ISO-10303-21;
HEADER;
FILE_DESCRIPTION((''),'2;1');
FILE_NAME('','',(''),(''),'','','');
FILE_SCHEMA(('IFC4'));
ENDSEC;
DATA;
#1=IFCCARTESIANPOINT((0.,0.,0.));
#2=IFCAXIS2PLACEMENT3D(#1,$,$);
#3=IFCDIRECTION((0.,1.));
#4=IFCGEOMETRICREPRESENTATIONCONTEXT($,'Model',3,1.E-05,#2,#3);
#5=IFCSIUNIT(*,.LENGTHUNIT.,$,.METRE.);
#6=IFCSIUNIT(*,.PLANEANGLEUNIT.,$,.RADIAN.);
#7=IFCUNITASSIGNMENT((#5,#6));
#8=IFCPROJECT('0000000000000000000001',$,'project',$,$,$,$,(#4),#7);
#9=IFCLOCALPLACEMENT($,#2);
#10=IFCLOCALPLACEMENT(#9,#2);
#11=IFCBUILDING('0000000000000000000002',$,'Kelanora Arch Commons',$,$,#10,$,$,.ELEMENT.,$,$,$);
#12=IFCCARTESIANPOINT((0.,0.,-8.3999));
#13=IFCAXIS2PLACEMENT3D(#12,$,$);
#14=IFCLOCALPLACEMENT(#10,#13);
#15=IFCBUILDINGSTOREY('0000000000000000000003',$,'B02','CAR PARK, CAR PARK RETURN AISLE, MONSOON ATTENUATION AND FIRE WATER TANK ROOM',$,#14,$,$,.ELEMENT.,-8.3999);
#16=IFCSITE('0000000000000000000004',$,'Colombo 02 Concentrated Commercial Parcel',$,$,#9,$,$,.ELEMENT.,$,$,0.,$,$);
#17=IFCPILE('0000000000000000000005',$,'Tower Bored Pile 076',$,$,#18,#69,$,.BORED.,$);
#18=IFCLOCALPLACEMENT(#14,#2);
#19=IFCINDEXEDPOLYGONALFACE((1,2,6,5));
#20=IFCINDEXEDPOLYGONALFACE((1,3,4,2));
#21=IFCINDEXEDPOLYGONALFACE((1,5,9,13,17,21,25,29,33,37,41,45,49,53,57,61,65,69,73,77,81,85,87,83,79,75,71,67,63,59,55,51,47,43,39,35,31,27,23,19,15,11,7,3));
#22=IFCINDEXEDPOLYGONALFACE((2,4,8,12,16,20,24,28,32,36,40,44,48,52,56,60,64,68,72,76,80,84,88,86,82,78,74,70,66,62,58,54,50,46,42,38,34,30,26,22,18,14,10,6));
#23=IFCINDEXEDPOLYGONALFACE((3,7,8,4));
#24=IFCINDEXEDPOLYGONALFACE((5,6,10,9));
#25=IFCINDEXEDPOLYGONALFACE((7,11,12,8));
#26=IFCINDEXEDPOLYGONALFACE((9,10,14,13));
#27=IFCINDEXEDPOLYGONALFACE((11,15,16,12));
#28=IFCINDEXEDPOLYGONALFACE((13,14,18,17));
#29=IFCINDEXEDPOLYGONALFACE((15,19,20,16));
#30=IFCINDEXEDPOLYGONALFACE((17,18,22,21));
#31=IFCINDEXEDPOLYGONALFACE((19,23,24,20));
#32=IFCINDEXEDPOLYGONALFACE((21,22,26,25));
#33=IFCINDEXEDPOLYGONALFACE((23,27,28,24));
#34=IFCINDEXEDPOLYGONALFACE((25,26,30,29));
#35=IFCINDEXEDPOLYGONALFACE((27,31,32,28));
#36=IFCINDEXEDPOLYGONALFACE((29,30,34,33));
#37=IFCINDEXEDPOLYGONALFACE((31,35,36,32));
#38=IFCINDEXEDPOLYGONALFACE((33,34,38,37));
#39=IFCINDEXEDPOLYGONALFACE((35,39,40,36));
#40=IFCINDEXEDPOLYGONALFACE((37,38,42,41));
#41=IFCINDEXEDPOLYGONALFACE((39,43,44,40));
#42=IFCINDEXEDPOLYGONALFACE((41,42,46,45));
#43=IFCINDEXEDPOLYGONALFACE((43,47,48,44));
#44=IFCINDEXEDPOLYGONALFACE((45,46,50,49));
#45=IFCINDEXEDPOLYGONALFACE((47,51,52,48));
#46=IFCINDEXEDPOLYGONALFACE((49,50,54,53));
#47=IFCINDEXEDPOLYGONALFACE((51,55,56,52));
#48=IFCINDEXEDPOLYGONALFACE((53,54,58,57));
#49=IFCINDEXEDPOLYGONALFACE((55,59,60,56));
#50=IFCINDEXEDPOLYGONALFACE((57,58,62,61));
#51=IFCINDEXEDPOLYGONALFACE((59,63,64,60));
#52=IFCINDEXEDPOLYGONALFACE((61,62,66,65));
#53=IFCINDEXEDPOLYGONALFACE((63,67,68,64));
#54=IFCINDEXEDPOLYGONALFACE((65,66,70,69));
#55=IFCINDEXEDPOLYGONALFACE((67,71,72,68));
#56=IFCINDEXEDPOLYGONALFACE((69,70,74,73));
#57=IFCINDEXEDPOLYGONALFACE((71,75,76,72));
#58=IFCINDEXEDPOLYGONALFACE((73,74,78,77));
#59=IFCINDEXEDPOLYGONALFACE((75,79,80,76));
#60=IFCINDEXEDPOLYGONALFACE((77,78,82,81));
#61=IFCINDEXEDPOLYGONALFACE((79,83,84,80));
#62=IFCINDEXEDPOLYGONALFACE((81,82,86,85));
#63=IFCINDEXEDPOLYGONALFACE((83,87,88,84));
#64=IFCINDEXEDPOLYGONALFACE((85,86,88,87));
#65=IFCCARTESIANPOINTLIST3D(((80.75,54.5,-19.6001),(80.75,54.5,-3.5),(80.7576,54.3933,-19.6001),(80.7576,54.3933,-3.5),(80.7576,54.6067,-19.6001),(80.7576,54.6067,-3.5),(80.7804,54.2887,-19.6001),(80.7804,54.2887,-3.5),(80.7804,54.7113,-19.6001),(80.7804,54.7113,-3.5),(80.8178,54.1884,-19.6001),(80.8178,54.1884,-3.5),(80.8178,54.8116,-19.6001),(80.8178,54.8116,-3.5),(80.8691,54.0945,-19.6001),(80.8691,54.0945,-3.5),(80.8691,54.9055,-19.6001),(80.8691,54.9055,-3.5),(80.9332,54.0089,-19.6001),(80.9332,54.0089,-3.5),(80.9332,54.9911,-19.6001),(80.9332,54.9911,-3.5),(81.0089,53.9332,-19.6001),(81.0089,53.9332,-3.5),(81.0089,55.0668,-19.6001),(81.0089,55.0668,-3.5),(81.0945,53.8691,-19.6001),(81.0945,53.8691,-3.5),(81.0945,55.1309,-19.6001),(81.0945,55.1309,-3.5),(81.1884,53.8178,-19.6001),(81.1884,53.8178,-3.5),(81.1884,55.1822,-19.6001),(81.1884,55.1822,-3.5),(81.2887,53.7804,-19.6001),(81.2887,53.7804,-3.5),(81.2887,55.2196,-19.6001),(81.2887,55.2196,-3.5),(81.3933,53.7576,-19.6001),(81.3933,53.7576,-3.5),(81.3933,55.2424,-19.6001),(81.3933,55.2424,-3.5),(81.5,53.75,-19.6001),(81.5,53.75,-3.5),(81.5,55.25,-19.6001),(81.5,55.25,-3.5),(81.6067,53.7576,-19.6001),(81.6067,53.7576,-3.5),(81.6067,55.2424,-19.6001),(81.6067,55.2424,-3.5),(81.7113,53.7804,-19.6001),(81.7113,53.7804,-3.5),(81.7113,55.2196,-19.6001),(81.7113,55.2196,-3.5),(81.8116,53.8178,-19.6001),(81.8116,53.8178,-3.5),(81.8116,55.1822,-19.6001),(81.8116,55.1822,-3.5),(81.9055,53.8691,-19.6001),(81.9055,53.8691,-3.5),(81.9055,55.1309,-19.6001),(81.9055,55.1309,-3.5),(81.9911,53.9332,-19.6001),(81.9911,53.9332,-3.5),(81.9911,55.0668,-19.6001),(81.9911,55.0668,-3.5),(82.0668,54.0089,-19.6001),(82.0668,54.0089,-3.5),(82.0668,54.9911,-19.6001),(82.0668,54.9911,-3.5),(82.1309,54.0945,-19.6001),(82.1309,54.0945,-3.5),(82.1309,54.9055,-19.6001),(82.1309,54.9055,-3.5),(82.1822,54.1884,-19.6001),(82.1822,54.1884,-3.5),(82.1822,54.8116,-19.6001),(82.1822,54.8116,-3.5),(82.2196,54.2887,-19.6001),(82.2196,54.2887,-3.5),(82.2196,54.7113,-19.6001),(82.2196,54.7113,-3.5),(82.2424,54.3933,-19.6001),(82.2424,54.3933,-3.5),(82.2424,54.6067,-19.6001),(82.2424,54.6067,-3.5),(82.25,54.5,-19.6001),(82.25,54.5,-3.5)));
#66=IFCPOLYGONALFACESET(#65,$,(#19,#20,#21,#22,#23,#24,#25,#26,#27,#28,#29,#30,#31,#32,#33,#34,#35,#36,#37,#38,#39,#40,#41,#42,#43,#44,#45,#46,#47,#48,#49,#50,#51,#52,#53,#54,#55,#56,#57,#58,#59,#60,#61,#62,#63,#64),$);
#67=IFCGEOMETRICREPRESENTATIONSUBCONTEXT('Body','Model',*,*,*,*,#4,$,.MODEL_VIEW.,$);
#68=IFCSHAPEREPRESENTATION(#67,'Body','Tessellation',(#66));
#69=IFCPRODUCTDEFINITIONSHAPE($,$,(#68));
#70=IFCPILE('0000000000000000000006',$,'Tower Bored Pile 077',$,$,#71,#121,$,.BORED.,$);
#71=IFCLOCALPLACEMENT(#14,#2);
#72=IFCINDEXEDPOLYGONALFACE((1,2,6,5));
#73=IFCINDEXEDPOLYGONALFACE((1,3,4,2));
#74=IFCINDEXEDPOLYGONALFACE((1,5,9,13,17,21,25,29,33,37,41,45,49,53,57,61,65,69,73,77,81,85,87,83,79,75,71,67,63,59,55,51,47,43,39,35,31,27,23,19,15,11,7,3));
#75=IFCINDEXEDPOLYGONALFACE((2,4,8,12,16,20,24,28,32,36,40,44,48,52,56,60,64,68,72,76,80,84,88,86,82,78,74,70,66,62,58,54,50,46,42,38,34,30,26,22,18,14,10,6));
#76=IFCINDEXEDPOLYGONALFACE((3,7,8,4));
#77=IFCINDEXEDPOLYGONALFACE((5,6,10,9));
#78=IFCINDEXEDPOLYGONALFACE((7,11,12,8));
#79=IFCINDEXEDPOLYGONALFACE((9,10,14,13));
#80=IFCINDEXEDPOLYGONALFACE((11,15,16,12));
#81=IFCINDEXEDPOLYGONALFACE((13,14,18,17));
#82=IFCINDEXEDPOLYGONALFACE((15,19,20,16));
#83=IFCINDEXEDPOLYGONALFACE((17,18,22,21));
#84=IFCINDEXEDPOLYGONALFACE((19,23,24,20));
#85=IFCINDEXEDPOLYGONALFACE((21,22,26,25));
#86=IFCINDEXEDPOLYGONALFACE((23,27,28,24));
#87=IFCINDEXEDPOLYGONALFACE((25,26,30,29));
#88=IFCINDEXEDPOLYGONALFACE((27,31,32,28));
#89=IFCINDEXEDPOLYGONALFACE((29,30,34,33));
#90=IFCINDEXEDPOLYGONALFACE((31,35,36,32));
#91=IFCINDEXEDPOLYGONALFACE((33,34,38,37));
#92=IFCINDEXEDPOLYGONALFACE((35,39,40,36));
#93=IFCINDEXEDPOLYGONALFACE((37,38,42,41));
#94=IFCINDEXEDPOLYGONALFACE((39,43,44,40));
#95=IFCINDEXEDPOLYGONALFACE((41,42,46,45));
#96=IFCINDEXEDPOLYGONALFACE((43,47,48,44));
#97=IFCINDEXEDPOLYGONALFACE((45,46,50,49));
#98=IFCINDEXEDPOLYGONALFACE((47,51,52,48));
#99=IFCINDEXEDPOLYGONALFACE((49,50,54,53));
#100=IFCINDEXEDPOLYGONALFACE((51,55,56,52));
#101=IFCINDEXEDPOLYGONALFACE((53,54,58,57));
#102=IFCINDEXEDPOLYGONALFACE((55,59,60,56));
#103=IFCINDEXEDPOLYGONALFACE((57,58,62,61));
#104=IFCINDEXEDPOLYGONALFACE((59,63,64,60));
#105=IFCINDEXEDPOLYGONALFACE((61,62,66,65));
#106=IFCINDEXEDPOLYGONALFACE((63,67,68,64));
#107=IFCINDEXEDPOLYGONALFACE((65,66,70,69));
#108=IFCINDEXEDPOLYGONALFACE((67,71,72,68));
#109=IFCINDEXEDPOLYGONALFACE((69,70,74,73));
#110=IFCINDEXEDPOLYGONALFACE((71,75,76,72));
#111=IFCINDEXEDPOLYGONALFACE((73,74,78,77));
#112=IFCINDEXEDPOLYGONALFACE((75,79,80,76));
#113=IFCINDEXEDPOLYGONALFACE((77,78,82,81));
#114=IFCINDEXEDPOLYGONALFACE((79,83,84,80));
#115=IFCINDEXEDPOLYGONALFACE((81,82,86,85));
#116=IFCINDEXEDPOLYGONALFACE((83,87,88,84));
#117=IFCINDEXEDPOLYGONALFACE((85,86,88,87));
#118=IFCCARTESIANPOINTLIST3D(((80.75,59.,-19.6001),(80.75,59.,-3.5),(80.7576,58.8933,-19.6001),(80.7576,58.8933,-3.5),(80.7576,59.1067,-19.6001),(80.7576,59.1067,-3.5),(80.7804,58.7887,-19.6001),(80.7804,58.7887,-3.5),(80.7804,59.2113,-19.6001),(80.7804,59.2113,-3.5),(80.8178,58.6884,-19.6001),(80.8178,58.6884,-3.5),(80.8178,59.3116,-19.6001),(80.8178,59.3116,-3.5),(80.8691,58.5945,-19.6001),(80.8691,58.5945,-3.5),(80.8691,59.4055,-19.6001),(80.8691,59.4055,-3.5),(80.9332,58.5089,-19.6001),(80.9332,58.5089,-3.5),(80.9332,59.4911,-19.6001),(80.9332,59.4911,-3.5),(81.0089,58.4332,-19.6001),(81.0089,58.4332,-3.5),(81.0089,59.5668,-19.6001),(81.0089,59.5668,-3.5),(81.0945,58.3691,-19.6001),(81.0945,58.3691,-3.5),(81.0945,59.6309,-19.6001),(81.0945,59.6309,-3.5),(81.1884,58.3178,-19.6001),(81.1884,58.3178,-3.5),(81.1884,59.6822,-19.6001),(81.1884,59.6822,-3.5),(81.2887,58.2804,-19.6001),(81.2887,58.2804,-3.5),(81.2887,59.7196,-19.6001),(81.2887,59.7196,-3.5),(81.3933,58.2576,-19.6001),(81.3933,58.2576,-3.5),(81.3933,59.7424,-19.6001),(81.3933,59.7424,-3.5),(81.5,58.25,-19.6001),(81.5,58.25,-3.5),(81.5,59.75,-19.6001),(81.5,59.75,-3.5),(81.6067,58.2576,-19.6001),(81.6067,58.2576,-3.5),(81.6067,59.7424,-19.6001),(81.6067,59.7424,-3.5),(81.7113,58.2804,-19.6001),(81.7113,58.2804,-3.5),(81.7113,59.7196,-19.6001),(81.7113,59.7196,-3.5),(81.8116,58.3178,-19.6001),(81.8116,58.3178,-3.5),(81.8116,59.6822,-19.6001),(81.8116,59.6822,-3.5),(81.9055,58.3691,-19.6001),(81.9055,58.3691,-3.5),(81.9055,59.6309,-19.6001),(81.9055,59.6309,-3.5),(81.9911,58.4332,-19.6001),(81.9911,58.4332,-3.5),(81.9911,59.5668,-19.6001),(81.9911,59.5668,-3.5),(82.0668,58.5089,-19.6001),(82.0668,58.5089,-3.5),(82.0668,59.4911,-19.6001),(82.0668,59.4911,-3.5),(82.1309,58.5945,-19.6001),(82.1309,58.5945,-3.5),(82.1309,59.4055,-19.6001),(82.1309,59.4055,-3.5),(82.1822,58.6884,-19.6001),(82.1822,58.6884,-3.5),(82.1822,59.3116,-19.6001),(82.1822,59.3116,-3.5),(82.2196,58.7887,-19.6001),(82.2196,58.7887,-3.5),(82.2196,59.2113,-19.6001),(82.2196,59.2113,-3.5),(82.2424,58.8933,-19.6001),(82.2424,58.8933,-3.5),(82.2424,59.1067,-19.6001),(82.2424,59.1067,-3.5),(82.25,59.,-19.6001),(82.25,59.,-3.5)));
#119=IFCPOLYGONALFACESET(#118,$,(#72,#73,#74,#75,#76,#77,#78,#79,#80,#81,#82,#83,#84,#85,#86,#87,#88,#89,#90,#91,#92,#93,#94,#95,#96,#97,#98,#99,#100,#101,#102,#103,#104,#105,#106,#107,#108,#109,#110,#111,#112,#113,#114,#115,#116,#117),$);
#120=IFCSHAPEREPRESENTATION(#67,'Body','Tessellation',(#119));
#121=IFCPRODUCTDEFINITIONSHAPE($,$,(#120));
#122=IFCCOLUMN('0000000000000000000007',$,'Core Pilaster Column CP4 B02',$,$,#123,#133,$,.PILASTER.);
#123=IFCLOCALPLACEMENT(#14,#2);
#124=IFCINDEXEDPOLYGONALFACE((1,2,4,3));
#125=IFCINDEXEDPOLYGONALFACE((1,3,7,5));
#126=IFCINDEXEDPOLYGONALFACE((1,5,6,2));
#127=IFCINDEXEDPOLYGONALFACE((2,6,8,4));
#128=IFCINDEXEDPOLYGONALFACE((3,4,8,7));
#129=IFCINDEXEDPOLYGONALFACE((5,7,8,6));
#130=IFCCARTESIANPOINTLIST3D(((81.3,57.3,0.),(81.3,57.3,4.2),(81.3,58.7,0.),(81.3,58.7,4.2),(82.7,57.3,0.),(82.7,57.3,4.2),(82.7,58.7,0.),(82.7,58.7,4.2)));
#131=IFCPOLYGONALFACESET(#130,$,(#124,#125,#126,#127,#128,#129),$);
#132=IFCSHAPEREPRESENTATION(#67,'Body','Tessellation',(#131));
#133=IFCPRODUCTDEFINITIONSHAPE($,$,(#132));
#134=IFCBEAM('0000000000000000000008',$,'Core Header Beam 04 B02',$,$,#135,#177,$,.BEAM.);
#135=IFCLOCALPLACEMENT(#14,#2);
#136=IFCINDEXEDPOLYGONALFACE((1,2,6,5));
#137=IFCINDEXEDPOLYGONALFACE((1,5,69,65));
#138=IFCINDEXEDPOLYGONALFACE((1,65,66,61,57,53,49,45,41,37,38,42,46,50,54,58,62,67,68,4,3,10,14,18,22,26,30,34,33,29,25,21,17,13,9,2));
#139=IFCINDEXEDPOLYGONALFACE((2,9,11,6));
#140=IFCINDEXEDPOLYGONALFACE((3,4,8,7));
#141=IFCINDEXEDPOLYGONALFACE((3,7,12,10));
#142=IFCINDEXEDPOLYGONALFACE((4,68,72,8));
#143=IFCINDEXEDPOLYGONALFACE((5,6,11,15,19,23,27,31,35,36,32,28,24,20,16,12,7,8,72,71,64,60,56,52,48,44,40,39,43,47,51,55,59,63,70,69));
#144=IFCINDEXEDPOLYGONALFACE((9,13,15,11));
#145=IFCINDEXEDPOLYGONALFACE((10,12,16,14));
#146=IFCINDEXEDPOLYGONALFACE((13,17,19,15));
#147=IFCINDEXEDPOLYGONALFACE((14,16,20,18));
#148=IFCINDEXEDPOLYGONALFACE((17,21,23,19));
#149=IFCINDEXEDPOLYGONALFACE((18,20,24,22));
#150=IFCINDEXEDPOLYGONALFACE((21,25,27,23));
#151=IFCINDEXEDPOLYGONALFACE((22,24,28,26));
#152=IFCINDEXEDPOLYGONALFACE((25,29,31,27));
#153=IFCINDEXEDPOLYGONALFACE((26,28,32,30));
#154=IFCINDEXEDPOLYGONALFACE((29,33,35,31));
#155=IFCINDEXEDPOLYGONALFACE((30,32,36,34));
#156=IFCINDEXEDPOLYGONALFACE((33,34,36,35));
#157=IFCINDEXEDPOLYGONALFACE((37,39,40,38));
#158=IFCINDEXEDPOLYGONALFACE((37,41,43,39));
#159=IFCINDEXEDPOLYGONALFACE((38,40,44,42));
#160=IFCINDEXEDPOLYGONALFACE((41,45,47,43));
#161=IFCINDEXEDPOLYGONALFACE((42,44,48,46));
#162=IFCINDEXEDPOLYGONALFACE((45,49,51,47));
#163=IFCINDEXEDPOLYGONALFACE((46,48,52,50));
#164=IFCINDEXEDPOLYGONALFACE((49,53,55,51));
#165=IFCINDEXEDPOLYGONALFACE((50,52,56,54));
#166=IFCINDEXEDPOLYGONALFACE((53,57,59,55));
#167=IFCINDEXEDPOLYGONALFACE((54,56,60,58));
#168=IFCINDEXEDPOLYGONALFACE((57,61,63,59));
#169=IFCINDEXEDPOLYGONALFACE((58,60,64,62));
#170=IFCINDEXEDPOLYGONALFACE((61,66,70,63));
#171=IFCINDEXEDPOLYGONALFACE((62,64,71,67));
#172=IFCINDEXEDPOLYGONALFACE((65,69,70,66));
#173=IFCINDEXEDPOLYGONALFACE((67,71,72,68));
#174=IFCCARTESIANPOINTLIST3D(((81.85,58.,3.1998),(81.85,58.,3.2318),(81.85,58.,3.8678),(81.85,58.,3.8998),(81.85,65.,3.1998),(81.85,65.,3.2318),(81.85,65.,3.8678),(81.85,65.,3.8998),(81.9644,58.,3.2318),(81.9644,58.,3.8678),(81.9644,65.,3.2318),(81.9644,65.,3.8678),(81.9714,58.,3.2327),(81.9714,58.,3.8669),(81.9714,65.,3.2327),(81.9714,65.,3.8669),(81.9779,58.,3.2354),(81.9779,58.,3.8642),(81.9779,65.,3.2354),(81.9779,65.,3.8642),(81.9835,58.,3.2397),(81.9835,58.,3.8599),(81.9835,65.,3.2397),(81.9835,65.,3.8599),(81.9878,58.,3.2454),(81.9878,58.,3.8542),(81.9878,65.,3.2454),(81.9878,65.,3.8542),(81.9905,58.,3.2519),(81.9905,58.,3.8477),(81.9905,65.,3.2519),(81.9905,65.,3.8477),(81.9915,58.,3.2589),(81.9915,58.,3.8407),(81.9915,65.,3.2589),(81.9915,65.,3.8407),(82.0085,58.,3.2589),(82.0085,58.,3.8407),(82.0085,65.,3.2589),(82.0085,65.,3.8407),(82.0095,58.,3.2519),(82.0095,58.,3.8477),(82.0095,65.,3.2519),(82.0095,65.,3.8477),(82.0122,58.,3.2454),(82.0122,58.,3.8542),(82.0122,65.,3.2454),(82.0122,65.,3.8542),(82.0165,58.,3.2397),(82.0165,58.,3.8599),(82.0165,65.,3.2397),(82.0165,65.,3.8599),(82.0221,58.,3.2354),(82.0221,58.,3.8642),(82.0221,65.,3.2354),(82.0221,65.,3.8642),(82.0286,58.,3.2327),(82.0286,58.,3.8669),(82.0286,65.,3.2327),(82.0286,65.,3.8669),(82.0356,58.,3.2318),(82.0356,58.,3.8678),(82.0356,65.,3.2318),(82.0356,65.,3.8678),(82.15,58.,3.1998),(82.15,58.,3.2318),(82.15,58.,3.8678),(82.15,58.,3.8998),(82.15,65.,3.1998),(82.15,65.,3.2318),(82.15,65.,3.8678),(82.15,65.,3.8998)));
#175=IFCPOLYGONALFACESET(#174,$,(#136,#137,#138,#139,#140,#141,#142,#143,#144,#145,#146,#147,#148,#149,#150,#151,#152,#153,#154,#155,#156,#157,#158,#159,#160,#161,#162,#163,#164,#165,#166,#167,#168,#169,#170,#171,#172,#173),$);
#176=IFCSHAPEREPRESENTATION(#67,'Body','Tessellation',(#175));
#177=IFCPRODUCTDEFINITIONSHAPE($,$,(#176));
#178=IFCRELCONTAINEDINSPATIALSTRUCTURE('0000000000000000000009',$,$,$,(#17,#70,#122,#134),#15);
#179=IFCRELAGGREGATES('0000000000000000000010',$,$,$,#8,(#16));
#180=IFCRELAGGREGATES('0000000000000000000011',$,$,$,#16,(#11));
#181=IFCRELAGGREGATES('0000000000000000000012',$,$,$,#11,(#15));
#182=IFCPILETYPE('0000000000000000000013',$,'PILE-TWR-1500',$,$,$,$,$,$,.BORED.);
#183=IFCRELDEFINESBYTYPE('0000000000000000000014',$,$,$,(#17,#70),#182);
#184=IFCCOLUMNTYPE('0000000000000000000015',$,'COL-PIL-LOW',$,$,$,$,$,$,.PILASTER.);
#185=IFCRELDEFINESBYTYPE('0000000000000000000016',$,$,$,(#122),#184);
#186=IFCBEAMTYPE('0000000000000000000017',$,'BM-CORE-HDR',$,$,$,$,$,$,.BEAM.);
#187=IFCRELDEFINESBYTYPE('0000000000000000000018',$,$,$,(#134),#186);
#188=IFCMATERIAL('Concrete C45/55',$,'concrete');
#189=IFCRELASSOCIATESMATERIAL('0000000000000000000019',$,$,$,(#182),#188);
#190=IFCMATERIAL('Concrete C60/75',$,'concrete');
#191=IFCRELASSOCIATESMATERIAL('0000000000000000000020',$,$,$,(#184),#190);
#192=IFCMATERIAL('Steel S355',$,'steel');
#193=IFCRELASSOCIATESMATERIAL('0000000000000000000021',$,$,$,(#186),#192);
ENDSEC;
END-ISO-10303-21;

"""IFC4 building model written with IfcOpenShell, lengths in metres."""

from ifc_helpers import new_model, si_unit, direction, frame, origin, origin_2d, place, context, subcontext, project, spatial, rectangle, circle, i_section, extrude, source, transform, mapped, material, material_profile, profile_set, type_object, element, save


model = new_model("IFC4")

# Units and contexts
model_context = context("Model", 3, precision=1e-05, world=origin(), true_north=direction((0.0, 1.0)))
body_context = subcontext(model_context, "Body", "Model", "MODEL_VIEW")
ifc_project = project(units=[si_unit("LENGTHUNIT", "METRE"), si_unit("PLANEANGLEUNIT", "RADIAN")], contexts=[model_context])

# Site, building, storey
site_placement = place(None, origin())
site = spatial("IfcSite", under=ifc_project, at=site_placement, Name="Colombo 02 Concentrated Commercial Parcel", CompositionType="ELEMENT", RefElevation=0.0)
building_placement = place(site_placement, origin())
building = spatial("IfcBuilding", under=site, at=building_placement, Name="Kelanora Arch Commons", CompositionType="ELEMENT")
storey_placement = place(building_placement, frame((0.0, 0.0, -8.3999)))
storey = spatial("IfcBuildingStorey", under=building, at=storey_placement, Name="B02", Description="CAR PARK, CAR PARK RETURN AISLE, MONSOON ATTENUATION AND FIRE WATER TANK ROOM", CompositionType="ELEMENT", Elevation=-8.3999)

# Piles
ifc_material_1 = material(Name="Concrete C45/55", Category="concrete")
ifc_material_profile_1 = material_profile(ifc_material_1, circle(Radius=0.75, at=origin_2d()), Name="PILE1500")
ifc_profile_set_1 = profile_set([ifc_material_profile_1], Name="Concrete C45/55")
pile_type = type_object("IfcPileType", Name="PILE-TWR-1500", PredefinedType="BORED", material=ifc_profile_set_1)
shared_shape_1 = source(origin(), body_context, "Body", "SweptSolid", [
    extrude(circle(Radius=0.75, at=origin_2d()), origin(), (0.0, 0.0, 1.0), 16.1001),
])
for number, where, z_axis, x_axis, name in (
    (1, (81.5, 54.5, -3.5), (0.0, 0.0, -1.0), (1.0, 0.0, 0.0), "Tower Bored Pile 076"),
    (2, (81.5, 59.0, -3.5), (0.0, 0.0, -1.0), (1.0, 0.0, 0.0), "Tower Bored Pile 077"),
):
    element("IfcPile", number, at=place(storey_placement, frame(where, z_axis=z_axis, x_axis=x_axis)), inside=storey, type_object=pile_type, Name=name, PredefinedType="BORED", context=body_context, shape_type="MappedRepresentation", body=[
        mapped(shared_shape_1, transform((0.0, 0.0, 0.0), scale=1.0)),
    ])

# Column
ifc_material_2 = material(Name="Concrete C60/75", Category="concrete")
ifc_material_profile_2 = material_profile(ifc_material_2, rectangle(XDim=1.3999, YDim=1.3999, at=origin_2d()), Name="RC1400x1400")
ifc_profile_set_2 = profile_set([ifc_material_profile_2], Name="Concrete C60/75")
column_type = type_object("IfcColumnType", Name="COL-PIL-LOW", PredefinedType="PILASTER", material=ifc_profile_set_2)
column_placement = place(storey_placement, frame((82.0, 58.0, 0.0), z_axis=(0.0, 0.0, 1.0), x_axis=(1.0, 0.0, 0.0)))
element("IfcColumn", 3, at=column_placement, inside=storey, type_object=column_type, Name="Core Pilaster Column CP4 B02", PredefinedType="PILASTER", context=body_context, shape_type="SweptSolid", body=[
    extrude(rectangle(XDim=1.3999, YDim=1.3999, at=origin_2d()), origin(), (0.0, 0.0, 1.0), 4.2),
])

# Beam
ifc_material_3 = material(Name="Steel S355", Category="steel")
ifc_material_profile_3 = material_profile(ifc_material_3, i_section(OverallWidth=0.3, OverallDepth=0.7, WebThickness=0.0171, FlangeThickness=0.032, FilletRadius=0.0271, at=origin_2d()), Name="HEB700")
ifc_profile_set_3 = profile_set([ifc_material_profile_3], Name="Steel S355")
beam_type_1 = type_object("IfcBeamType", Name="BM-CORE-HDR", PredefinedType="BEAM", material=ifc_profile_set_3)
beam_1_placement = place(storey_placement, frame((82.0, 58.0, 3.5498), z_axis=(0.0, 1.0, 0.0), x_axis=(-1.0, 0.0, 0.0)))
element("IfcBeam", 4, at=beam_1_placement, inside=storey, type_object=beam_type_1, Name="Core Header Beam 04 B02", PredefinedType="BEAM", context=body_context, shape_type="SweptSolid", body=[
    extrude(i_section(OverallWidth=0.3, OverallDepth=0.7, WebThickness=0.0171, FlangeThickness=0.032, FilletRadius=0.0271, at=origin_2d()), origin(), (0.0, 0.0, 1.0), 7.0),
])

save(model, "model.ifc")
